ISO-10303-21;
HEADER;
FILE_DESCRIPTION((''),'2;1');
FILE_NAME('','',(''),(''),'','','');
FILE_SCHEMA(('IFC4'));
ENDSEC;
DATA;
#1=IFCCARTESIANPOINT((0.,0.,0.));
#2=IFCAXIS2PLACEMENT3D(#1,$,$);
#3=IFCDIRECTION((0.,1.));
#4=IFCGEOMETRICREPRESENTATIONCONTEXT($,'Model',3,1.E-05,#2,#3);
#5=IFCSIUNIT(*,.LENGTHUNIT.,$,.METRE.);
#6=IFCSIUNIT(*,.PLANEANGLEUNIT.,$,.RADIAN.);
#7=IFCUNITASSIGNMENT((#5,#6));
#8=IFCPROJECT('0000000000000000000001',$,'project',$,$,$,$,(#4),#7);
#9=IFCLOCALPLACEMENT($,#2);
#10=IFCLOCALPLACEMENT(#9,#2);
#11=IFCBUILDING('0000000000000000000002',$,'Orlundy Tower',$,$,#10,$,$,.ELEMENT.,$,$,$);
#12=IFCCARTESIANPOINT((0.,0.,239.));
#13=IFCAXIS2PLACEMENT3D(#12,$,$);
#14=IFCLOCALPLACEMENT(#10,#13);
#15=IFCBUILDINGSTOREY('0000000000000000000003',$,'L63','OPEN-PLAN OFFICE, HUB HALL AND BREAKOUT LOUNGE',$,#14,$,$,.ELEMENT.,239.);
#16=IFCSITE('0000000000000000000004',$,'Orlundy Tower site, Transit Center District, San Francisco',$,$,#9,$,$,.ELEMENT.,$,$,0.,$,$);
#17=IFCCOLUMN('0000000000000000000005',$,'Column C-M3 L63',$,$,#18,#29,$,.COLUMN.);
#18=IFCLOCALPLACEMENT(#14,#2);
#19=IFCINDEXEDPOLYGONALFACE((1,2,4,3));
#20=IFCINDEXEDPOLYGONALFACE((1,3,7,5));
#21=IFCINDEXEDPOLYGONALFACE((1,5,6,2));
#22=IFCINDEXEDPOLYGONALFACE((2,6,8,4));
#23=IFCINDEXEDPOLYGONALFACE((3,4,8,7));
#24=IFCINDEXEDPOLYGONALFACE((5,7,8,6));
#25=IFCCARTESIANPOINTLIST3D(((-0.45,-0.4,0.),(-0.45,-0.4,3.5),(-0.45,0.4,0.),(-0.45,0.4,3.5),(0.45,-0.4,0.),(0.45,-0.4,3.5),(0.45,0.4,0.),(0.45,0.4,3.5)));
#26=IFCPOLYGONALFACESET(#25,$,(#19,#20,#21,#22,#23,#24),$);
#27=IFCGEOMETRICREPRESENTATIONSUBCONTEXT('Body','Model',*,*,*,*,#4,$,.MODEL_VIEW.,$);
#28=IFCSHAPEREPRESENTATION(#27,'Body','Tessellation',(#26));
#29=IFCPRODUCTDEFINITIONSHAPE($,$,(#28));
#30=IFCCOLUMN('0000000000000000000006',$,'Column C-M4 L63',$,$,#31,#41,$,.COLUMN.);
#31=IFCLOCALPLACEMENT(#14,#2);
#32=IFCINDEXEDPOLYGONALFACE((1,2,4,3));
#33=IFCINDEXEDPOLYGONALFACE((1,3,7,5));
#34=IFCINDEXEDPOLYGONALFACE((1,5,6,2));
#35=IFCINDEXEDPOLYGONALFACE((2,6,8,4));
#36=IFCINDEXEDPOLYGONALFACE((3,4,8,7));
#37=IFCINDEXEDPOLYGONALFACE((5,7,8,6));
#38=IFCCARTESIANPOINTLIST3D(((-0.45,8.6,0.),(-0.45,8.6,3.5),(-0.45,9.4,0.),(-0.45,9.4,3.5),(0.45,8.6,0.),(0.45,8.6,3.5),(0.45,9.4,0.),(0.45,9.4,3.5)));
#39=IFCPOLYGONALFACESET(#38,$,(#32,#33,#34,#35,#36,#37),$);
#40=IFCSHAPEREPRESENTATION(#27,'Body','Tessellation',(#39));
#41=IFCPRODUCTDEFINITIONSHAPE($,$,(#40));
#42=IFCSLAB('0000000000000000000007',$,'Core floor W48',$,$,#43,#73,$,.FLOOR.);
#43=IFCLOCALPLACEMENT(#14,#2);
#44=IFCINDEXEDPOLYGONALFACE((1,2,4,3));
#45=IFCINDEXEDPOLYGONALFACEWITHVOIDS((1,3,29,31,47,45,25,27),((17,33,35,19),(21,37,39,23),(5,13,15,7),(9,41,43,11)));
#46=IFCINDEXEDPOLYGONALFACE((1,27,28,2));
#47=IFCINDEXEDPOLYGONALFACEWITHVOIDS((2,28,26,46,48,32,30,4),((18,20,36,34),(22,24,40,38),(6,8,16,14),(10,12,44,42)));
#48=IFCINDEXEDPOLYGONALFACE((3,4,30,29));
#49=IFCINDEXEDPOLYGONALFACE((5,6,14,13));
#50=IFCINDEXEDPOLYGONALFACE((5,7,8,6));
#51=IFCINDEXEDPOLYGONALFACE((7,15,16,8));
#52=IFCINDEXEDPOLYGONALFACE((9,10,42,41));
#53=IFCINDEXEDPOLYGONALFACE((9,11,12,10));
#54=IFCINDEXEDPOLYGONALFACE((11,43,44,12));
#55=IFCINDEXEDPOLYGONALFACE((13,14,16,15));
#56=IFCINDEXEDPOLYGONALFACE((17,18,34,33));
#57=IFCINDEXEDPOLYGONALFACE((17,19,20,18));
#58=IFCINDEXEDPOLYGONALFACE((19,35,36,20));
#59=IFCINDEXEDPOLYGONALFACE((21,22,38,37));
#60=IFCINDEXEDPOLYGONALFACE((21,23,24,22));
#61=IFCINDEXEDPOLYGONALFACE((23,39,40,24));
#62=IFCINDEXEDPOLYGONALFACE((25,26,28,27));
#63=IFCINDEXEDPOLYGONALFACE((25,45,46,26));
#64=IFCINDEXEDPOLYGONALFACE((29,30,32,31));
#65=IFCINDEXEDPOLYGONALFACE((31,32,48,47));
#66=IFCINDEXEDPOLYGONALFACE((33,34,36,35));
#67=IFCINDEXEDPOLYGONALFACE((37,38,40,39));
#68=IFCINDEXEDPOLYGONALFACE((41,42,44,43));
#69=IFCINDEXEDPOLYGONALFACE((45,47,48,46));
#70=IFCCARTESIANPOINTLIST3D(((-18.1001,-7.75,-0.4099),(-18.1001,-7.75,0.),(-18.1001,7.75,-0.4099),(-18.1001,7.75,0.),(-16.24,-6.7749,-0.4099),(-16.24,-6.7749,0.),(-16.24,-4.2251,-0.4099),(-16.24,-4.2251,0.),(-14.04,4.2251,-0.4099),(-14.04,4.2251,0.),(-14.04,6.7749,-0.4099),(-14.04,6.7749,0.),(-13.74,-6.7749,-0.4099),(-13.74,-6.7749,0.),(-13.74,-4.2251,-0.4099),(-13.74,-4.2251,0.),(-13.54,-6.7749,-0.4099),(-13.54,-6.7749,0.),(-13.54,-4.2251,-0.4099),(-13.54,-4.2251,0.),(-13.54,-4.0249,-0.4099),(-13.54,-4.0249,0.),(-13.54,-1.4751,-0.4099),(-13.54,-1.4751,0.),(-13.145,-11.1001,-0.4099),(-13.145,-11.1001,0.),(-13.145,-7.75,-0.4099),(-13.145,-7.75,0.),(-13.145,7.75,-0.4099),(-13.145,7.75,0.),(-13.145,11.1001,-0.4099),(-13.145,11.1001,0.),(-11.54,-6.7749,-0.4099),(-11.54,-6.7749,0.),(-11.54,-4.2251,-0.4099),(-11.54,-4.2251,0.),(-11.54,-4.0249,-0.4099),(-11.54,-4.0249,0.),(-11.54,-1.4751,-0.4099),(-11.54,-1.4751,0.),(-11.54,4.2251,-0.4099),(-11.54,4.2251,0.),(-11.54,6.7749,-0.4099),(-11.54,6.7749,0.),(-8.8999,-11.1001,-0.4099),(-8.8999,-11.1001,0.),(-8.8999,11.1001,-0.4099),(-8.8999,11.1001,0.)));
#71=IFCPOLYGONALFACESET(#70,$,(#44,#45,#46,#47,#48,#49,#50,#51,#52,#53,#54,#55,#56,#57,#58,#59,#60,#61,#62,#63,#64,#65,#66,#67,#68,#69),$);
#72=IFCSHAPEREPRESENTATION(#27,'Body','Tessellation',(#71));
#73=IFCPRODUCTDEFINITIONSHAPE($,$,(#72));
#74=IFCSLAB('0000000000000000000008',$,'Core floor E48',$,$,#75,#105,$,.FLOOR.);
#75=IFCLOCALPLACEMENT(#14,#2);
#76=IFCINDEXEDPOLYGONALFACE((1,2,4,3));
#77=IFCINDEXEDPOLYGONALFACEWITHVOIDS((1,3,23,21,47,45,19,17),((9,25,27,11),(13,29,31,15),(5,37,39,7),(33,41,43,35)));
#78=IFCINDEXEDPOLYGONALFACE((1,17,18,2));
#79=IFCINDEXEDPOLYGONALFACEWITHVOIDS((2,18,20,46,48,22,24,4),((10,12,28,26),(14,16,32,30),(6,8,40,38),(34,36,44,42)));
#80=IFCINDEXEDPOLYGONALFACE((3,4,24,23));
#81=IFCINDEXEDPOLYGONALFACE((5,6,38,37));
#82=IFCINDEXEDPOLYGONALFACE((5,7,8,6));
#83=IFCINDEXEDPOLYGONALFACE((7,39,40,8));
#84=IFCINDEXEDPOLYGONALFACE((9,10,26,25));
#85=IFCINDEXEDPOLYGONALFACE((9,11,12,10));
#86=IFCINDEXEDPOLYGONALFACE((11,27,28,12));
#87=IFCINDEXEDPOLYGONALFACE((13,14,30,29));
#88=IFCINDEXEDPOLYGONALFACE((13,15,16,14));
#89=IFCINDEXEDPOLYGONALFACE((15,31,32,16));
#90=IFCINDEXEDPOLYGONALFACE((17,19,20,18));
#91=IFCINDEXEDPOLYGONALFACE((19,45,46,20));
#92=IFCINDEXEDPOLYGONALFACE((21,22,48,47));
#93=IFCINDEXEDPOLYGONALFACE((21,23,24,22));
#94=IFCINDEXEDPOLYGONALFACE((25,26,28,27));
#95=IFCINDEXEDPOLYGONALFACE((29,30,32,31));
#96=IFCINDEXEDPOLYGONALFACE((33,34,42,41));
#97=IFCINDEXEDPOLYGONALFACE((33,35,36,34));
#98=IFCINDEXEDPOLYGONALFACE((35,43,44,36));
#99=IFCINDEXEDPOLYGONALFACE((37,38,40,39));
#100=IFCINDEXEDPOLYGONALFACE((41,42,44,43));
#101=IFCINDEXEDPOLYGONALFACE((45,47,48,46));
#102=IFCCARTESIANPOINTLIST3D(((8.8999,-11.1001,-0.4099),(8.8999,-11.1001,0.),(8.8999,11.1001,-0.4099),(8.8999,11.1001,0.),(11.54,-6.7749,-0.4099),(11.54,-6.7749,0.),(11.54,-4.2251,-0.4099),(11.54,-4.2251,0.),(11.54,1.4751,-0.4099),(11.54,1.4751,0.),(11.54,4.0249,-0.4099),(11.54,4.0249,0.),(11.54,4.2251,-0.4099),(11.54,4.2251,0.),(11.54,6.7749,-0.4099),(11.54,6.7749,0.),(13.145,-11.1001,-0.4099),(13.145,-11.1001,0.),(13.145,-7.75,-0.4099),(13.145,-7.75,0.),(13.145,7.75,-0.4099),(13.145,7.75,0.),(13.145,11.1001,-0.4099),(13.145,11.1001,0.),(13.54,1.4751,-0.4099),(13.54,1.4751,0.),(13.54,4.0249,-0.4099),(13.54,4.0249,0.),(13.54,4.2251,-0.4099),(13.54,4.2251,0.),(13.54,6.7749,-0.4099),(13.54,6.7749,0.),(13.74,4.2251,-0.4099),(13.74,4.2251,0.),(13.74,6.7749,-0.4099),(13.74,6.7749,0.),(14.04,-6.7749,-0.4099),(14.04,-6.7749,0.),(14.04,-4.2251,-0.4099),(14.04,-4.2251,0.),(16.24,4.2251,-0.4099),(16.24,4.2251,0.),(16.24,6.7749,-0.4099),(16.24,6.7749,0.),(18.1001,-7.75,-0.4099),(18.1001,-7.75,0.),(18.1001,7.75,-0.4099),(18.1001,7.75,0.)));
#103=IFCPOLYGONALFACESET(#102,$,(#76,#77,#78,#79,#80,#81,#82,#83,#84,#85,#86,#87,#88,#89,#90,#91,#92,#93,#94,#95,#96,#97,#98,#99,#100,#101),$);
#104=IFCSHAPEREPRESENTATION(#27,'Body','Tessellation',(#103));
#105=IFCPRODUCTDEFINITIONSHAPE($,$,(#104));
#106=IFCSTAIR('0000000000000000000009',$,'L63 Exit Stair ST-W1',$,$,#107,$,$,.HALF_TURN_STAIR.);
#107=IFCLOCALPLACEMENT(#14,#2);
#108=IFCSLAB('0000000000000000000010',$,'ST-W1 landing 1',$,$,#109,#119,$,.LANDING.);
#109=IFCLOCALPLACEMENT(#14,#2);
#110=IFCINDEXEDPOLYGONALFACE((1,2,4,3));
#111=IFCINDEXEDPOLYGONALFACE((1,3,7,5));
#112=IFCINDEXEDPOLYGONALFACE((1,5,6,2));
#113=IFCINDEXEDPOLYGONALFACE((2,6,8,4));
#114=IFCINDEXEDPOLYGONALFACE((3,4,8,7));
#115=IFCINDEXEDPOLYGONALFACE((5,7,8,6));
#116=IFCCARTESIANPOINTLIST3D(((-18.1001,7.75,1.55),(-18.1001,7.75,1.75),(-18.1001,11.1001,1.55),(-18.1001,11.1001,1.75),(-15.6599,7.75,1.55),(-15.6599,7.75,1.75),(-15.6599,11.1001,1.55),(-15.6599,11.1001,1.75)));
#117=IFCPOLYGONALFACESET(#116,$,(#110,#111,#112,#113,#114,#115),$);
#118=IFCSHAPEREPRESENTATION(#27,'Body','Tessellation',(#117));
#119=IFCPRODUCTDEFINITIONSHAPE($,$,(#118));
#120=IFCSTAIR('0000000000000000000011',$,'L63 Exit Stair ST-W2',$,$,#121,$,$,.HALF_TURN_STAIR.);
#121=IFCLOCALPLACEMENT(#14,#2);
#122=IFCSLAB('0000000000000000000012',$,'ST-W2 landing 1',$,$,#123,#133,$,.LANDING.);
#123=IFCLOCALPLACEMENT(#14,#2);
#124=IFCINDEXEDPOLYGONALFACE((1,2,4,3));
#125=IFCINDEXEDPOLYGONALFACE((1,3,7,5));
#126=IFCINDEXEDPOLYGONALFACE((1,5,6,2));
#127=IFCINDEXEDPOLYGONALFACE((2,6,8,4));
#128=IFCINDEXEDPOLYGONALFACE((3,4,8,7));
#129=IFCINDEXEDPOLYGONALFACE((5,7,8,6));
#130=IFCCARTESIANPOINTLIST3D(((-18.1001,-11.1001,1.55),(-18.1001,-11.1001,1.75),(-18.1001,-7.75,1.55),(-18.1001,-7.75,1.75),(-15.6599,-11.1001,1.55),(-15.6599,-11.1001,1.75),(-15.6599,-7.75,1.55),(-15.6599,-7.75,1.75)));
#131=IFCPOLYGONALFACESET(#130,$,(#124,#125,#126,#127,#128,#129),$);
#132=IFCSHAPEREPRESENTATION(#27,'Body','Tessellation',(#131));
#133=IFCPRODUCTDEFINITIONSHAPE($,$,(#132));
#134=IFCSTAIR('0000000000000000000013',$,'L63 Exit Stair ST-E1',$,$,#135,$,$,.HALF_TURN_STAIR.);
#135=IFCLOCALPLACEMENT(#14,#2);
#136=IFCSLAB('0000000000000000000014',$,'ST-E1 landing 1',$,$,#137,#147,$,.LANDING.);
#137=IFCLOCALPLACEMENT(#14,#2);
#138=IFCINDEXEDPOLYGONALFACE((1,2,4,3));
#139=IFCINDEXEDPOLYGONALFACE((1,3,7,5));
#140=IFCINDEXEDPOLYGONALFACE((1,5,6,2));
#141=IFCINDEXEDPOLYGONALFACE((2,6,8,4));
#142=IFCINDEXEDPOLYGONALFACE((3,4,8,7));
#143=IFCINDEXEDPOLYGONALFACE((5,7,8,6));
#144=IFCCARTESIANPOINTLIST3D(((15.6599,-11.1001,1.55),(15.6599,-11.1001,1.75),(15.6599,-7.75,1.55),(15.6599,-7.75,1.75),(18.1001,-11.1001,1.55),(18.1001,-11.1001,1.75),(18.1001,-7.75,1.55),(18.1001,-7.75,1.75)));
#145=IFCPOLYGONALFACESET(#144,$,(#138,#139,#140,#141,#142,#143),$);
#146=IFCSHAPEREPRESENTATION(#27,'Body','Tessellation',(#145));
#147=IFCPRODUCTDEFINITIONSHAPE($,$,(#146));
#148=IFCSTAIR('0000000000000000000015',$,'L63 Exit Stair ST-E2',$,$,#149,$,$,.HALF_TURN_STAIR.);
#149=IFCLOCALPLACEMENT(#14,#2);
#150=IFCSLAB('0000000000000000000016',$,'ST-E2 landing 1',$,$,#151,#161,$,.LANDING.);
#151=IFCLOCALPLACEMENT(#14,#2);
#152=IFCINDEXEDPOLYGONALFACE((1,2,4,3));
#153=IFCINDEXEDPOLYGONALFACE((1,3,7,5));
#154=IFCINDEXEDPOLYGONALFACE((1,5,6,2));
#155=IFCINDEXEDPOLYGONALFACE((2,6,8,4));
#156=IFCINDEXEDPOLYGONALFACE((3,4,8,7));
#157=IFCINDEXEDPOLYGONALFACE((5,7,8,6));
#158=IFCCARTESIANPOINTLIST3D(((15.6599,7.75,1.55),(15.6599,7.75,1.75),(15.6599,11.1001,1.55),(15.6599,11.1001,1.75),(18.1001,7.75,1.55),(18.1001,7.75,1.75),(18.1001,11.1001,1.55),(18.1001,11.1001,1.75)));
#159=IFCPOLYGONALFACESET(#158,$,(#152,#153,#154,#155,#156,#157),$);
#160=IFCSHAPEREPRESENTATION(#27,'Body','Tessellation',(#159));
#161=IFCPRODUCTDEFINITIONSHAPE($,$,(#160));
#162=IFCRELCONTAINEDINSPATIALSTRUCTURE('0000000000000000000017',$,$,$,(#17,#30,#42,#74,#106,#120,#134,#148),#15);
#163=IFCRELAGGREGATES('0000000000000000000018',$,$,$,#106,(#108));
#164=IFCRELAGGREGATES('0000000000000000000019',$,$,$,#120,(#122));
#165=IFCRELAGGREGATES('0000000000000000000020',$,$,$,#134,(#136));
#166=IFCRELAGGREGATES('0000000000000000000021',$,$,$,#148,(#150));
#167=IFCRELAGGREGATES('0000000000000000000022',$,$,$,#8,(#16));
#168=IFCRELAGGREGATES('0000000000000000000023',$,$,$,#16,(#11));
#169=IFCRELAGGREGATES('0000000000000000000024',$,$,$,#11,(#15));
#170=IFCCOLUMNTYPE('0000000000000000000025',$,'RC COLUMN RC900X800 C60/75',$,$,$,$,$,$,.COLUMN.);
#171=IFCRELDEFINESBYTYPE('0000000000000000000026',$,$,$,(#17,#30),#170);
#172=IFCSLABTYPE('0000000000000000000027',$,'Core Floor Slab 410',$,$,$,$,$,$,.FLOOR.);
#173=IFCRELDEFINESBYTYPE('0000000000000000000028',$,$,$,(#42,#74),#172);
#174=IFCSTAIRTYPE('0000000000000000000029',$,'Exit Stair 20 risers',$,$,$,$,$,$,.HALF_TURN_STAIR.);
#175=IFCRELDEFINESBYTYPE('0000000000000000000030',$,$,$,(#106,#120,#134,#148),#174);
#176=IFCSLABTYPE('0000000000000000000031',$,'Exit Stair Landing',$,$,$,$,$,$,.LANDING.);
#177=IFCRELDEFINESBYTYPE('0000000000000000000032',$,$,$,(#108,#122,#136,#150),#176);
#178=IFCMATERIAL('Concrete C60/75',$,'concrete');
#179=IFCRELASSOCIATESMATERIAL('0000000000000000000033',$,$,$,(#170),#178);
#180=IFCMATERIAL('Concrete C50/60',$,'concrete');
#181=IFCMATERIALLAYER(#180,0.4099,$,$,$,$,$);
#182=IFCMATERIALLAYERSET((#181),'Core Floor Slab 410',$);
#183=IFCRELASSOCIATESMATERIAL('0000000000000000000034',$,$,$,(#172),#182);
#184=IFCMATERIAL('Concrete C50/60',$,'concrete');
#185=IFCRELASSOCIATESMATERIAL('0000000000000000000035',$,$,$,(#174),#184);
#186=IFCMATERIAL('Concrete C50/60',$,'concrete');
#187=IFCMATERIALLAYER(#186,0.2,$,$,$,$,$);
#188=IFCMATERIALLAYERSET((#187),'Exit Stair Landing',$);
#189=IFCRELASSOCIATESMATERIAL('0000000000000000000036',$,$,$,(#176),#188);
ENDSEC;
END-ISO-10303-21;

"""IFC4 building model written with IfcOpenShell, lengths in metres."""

from ifc_helpers import new_model, si_unit, direction, frame, origin, origin_2d, place, context, subcontext, project, spatial, polyline, rectangle, outline, extrude, material, layer, layer_set, material_profile, profile_set, type_object, element, aggregate, save


model = new_model("IFC4")

# Units and contexts
model_context = context("Model", 3, precision=1e-05, world=origin(), true_north=direction((0.0, 1.0)))
body_context = subcontext(model_context, "Body", "Model", "MODEL_VIEW")
ifc_project = project(units=[si_unit("LENGTHUNIT", "METRE"), si_unit("PLANEANGLEUNIT", "RADIAN")], contexts=[model_context])

# Site, building, storey
site_placement = place(None, origin())
site = spatial("IfcSite", under=ifc_project, at=site_placement, Name="Orlundy Tower site, Transit Center District, San Francisco", CompositionType="ELEMENT", RefElevation=0.0)
building_placement = place(site_placement, origin())
building = spatial("IfcBuilding", under=site, at=building_placement, Name="Orlundy Tower", CompositionType="ELEMENT")
storey_placement = place(building_placement, frame((0.0, 0.0, 239.0)))
storey = spatial("IfcBuildingStorey", under=building, at=storey_placement, Name="L63", Description="OPEN-PLAN OFFICE, HUB HALL AND BREAKOUT LOUNGE", CompositionType="ELEMENT", Elevation=239.0)

# Columns
ifc_material_1 = material(Name="Concrete C60/75", Category="concrete")
ifc_material_profile = material_profile(ifc_material_1, rectangle(XDim=0.8999, YDim=0.8, at=origin_2d()), Name="RC900X800")
ifc_profile_set = profile_set([ifc_material_profile], Name="Concrete C60/75")
column_type = type_object("IfcColumnType", Name="RC COLUMN RC900X800 C60/75", PredefinedType="COLUMN", material=ifc_profile_set)
for number, where, z_axis, x_axis, name in (
    (1, (0.0, 0.0, 0.0), (0.0, 0.0, 1.0), (1.0, 0.0, 0.0), "Column C-M3 L63"),
    (2, (0.0, 9.0, 0.0), (0.0, 0.0, 1.0), (1.0, 0.0, 0.0), "Column C-M4 L63"),
):
    element("IfcColumn", number, at=place(storey_placement, frame(where, z_axis=z_axis, x_axis=x_axis)), inside=storey, type_object=column_type, Name=name, PredefinedType="COLUMN", context=body_context, shape_type="SweptSolid", body=[
        extrude(rectangle(XDim=0.8999, YDim=0.8, at=origin_2d()), origin(), (0.0, 0.0, 1.0), 3.5),
    ])

# Slabs
ifc_material_2 = material(Name="Concrete C50/60", Category="concrete")
ifc_layer_1 = layer(ifc_material_2, 0.4099)
ifc_layer_set_1 = layer_set([ifc_layer_1], Name="Core Floor Slab 410")
slab_type_1 = type_object("IfcSlabType", Name="Core Floor Slab 410", PredefinedType="FLOOR", material=ifc_layer_set_1)
slab_1_placement = place(storey_placement, frame((0.0, 0.0, -0.4099)))
element("IfcSlab", 3, at=slab_1_placement, inside=storey, type_object=slab_type_1, Name="Core floor W48", PredefinedType="FLOOR", context=body_context, shape_type="SweptSolid", body=[
    extrude(outline(polyline([(-18.1001, 7.75), (-13.145, 7.75), (-13.145, 11.1001), (-8.8999, 11.1001), (-8.8999, -11.1001), (-13.145, -11.1001), (-13.145, -7.75), (-18.1001, -7.75), (-18.1001, 7.75)]), holes=[polyline([(-13.54, -4.2251), (-13.54, -6.7749), (-11.54, -6.7749), (-11.54, -4.2251), (-13.54, -4.2251)]), polyline([(-13.74, -4.2251), (-16.24, -4.2251), (-16.24, -6.7749), (-13.74, -6.7749), (-13.74, -4.2251)]), polyline([(-11.54, -4.0249), (-11.54, -1.4751), (-13.54, -1.4751), (-13.54, -4.0249), (-11.54, -4.0249)]), polyline([(-14.04, 4.2251), (-11.54, 4.2251), (-11.54, 6.7749), (-14.04, 6.7749), (-14.04, 4.2251)])]), origin(), (0.0, 0.0, 1.0), 0.4099),
])
slab_2_placement = place(storey_placement, frame((0.0, 0.0, -0.4099)))
element("IfcSlab", 4, at=slab_2_placement, inside=storey, type_object=slab_type_1, Name="Core floor E48", PredefinedType="FLOOR", context=body_context, shape_type="SweptSolid", body=[
    extrude(outline(polyline([(18.1001, -7.75), (13.145, -7.75), (13.145, -11.1001), (8.8999, -11.1001), (8.8999, 11.1001), (13.145, 11.1001), (13.145, 7.75), (18.1001, 7.75), (18.1001, -7.75)]), holes=[polyline([(13.54, 4.2251), (13.54, 6.7749), (11.54, 6.7749), (11.54, 4.2251), (13.54, 4.2251)]), polyline([(13.74, 4.2251), (16.24, 4.2251), (16.24, 6.7749), (13.74, 6.7749), (13.74, 4.2251)]), polyline([(11.54, 4.0249), (11.54, 1.4751), (13.54, 1.4751), (13.54, 4.0249), (11.54, 4.0249)]), polyline([(14.04, -4.2251), (11.54, -4.2251), (11.54, -6.7749), (14.04, -6.7749), (14.04, -4.2251)])]), origin(), (0.0, 0.0, 1.0), 0.4099),
])

# Stairs, slabs
ifc_material_3 = material(Name="Concrete C50/60", Category="concrete")
stair_type = type_object("IfcStairType", Name="Exit Stair 20 risers", PredefinedType="HALF_TURN_STAIR", material=ifc_material_3)
stair_1_placement = place(storey_placement, origin())
stair_1 = element("IfcStair", 5, at=stair_1_placement, inside=storey, type_object=stair_type, Name="L63 Exit Stair ST-W1", PredefinedType="HALF_TURN_STAIR")
ifc_material_4 = material(Name="Concrete C50/60", Category="concrete")
ifc_layer_2 = layer(ifc_material_4, 0.2)
ifc_layer_set_2 = layer_set([ifc_layer_2], Name="Exit Stair Landing")
slab_type_2 = type_object("IfcSlabType", Name="Exit Stair Landing", PredefinedType="LANDING", material=ifc_layer_set_2)
slab_3_placement = place(storey_placement, frame((0.0, 0.0, 1.55)))
slab_3 = element("IfcSlab", 6, at=slab_3_placement, type_object=slab_type_2, Name="ST-W1 landing 1", PredefinedType="LANDING", context=body_context, shape_type="SweptSolid", body=[
    extrude(outline(polyline([(-15.6599, 11.1001), (-18.1001, 11.1001), (-18.1001, 7.75), (-15.6599, 7.75), (-15.6599, 11.1001)])), origin(), (0.0, 0.0, 1.0), 0.2),
])
aggregate(stair_1, [slab_3])
stair_2_placement = place(storey_placement, origin())
stair_2 = element("IfcStair", 7, at=stair_2_placement, inside=storey, type_object=stair_type, Name="L63 Exit Stair ST-W2", PredefinedType="HALF_TURN_STAIR")
slab_4_placement = place(storey_placement, frame((0.0, 0.0, 1.55)))
slab_4 = element("IfcSlab", 8, at=slab_4_placement, type_object=slab_type_2, Name="ST-W2 landing 1", PredefinedType="LANDING", context=body_context, shape_type="SweptSolid", body=[
    extrude(outline(polyline([(-15.6599, -7.75), (-18.1001, -7.75), (-18.1001, -11.1001), (-15.6599, -11.1001), (-15.6599, -7.75)])), origin(), (0.0, 0.0, 1.0), 0.2),
])
aggregate(stair_2, [slab_4])
stair_3_placement = place(storey_placement, origin())
stair_3 = element("IfcStair", 9, at=stair_3_placement, inside=storey, type_object=stair_type, Name="L63 Exit Stair ST-E1", PredefinedType="HALF_TURN_STAIR")
slab_5_placement = place(storey_placement, frame((0.0, 0.0, 1.55)))
slab_5 = element("IfcSlab", 10, at=slab_5_placement, type_object=slab_type_2, Name="ST-E1 landing 1", PredefinedType="LANDING", context=body_context, shape_type="SweptSolid", body=[
    extrude(outline(polyline([(15.6599, -11.1001), (18.1001, -11.1001), (18.1001, -7.75), (15.6599, -7.75), (15.6599, -11.1001)])), origin(), (0.0, 0.0, 1.0), 0.2),
])
aggregate(stair_3, [slab_5])
stair_4_placement = place(storey_placement, origin())
stair_4 = element("IfcStair", 11, at=stair_4_placement, inside=storey, type_object=stair_type, Name="L63 Exit Stair ST-E2", PredefinedType="HALF_TURN_STAIR")
slab_6_placement = place(storey_placement, frame((0.0, 0.0, 1.55)))
slab_6 = element("IfcSlab", 12, at=slab_6_placement, type_object=slab_type_2, Name="ST-E2 landing 1", PredefinedType="LANDING", context=body_context, shape_type="SweptSolid", body=[
    extrude(outline(polyline([(15.6599, 7.75), (18.1001, 7.75), (18.1001, 11.1001), (15.6599, 11.1001), (15.6599, 7.75)])), origin(), (0.0, 0.0, 1.0), 0.2),
])
aggregate(stair_4, [slab_6])

save(model, "model.ifc")
